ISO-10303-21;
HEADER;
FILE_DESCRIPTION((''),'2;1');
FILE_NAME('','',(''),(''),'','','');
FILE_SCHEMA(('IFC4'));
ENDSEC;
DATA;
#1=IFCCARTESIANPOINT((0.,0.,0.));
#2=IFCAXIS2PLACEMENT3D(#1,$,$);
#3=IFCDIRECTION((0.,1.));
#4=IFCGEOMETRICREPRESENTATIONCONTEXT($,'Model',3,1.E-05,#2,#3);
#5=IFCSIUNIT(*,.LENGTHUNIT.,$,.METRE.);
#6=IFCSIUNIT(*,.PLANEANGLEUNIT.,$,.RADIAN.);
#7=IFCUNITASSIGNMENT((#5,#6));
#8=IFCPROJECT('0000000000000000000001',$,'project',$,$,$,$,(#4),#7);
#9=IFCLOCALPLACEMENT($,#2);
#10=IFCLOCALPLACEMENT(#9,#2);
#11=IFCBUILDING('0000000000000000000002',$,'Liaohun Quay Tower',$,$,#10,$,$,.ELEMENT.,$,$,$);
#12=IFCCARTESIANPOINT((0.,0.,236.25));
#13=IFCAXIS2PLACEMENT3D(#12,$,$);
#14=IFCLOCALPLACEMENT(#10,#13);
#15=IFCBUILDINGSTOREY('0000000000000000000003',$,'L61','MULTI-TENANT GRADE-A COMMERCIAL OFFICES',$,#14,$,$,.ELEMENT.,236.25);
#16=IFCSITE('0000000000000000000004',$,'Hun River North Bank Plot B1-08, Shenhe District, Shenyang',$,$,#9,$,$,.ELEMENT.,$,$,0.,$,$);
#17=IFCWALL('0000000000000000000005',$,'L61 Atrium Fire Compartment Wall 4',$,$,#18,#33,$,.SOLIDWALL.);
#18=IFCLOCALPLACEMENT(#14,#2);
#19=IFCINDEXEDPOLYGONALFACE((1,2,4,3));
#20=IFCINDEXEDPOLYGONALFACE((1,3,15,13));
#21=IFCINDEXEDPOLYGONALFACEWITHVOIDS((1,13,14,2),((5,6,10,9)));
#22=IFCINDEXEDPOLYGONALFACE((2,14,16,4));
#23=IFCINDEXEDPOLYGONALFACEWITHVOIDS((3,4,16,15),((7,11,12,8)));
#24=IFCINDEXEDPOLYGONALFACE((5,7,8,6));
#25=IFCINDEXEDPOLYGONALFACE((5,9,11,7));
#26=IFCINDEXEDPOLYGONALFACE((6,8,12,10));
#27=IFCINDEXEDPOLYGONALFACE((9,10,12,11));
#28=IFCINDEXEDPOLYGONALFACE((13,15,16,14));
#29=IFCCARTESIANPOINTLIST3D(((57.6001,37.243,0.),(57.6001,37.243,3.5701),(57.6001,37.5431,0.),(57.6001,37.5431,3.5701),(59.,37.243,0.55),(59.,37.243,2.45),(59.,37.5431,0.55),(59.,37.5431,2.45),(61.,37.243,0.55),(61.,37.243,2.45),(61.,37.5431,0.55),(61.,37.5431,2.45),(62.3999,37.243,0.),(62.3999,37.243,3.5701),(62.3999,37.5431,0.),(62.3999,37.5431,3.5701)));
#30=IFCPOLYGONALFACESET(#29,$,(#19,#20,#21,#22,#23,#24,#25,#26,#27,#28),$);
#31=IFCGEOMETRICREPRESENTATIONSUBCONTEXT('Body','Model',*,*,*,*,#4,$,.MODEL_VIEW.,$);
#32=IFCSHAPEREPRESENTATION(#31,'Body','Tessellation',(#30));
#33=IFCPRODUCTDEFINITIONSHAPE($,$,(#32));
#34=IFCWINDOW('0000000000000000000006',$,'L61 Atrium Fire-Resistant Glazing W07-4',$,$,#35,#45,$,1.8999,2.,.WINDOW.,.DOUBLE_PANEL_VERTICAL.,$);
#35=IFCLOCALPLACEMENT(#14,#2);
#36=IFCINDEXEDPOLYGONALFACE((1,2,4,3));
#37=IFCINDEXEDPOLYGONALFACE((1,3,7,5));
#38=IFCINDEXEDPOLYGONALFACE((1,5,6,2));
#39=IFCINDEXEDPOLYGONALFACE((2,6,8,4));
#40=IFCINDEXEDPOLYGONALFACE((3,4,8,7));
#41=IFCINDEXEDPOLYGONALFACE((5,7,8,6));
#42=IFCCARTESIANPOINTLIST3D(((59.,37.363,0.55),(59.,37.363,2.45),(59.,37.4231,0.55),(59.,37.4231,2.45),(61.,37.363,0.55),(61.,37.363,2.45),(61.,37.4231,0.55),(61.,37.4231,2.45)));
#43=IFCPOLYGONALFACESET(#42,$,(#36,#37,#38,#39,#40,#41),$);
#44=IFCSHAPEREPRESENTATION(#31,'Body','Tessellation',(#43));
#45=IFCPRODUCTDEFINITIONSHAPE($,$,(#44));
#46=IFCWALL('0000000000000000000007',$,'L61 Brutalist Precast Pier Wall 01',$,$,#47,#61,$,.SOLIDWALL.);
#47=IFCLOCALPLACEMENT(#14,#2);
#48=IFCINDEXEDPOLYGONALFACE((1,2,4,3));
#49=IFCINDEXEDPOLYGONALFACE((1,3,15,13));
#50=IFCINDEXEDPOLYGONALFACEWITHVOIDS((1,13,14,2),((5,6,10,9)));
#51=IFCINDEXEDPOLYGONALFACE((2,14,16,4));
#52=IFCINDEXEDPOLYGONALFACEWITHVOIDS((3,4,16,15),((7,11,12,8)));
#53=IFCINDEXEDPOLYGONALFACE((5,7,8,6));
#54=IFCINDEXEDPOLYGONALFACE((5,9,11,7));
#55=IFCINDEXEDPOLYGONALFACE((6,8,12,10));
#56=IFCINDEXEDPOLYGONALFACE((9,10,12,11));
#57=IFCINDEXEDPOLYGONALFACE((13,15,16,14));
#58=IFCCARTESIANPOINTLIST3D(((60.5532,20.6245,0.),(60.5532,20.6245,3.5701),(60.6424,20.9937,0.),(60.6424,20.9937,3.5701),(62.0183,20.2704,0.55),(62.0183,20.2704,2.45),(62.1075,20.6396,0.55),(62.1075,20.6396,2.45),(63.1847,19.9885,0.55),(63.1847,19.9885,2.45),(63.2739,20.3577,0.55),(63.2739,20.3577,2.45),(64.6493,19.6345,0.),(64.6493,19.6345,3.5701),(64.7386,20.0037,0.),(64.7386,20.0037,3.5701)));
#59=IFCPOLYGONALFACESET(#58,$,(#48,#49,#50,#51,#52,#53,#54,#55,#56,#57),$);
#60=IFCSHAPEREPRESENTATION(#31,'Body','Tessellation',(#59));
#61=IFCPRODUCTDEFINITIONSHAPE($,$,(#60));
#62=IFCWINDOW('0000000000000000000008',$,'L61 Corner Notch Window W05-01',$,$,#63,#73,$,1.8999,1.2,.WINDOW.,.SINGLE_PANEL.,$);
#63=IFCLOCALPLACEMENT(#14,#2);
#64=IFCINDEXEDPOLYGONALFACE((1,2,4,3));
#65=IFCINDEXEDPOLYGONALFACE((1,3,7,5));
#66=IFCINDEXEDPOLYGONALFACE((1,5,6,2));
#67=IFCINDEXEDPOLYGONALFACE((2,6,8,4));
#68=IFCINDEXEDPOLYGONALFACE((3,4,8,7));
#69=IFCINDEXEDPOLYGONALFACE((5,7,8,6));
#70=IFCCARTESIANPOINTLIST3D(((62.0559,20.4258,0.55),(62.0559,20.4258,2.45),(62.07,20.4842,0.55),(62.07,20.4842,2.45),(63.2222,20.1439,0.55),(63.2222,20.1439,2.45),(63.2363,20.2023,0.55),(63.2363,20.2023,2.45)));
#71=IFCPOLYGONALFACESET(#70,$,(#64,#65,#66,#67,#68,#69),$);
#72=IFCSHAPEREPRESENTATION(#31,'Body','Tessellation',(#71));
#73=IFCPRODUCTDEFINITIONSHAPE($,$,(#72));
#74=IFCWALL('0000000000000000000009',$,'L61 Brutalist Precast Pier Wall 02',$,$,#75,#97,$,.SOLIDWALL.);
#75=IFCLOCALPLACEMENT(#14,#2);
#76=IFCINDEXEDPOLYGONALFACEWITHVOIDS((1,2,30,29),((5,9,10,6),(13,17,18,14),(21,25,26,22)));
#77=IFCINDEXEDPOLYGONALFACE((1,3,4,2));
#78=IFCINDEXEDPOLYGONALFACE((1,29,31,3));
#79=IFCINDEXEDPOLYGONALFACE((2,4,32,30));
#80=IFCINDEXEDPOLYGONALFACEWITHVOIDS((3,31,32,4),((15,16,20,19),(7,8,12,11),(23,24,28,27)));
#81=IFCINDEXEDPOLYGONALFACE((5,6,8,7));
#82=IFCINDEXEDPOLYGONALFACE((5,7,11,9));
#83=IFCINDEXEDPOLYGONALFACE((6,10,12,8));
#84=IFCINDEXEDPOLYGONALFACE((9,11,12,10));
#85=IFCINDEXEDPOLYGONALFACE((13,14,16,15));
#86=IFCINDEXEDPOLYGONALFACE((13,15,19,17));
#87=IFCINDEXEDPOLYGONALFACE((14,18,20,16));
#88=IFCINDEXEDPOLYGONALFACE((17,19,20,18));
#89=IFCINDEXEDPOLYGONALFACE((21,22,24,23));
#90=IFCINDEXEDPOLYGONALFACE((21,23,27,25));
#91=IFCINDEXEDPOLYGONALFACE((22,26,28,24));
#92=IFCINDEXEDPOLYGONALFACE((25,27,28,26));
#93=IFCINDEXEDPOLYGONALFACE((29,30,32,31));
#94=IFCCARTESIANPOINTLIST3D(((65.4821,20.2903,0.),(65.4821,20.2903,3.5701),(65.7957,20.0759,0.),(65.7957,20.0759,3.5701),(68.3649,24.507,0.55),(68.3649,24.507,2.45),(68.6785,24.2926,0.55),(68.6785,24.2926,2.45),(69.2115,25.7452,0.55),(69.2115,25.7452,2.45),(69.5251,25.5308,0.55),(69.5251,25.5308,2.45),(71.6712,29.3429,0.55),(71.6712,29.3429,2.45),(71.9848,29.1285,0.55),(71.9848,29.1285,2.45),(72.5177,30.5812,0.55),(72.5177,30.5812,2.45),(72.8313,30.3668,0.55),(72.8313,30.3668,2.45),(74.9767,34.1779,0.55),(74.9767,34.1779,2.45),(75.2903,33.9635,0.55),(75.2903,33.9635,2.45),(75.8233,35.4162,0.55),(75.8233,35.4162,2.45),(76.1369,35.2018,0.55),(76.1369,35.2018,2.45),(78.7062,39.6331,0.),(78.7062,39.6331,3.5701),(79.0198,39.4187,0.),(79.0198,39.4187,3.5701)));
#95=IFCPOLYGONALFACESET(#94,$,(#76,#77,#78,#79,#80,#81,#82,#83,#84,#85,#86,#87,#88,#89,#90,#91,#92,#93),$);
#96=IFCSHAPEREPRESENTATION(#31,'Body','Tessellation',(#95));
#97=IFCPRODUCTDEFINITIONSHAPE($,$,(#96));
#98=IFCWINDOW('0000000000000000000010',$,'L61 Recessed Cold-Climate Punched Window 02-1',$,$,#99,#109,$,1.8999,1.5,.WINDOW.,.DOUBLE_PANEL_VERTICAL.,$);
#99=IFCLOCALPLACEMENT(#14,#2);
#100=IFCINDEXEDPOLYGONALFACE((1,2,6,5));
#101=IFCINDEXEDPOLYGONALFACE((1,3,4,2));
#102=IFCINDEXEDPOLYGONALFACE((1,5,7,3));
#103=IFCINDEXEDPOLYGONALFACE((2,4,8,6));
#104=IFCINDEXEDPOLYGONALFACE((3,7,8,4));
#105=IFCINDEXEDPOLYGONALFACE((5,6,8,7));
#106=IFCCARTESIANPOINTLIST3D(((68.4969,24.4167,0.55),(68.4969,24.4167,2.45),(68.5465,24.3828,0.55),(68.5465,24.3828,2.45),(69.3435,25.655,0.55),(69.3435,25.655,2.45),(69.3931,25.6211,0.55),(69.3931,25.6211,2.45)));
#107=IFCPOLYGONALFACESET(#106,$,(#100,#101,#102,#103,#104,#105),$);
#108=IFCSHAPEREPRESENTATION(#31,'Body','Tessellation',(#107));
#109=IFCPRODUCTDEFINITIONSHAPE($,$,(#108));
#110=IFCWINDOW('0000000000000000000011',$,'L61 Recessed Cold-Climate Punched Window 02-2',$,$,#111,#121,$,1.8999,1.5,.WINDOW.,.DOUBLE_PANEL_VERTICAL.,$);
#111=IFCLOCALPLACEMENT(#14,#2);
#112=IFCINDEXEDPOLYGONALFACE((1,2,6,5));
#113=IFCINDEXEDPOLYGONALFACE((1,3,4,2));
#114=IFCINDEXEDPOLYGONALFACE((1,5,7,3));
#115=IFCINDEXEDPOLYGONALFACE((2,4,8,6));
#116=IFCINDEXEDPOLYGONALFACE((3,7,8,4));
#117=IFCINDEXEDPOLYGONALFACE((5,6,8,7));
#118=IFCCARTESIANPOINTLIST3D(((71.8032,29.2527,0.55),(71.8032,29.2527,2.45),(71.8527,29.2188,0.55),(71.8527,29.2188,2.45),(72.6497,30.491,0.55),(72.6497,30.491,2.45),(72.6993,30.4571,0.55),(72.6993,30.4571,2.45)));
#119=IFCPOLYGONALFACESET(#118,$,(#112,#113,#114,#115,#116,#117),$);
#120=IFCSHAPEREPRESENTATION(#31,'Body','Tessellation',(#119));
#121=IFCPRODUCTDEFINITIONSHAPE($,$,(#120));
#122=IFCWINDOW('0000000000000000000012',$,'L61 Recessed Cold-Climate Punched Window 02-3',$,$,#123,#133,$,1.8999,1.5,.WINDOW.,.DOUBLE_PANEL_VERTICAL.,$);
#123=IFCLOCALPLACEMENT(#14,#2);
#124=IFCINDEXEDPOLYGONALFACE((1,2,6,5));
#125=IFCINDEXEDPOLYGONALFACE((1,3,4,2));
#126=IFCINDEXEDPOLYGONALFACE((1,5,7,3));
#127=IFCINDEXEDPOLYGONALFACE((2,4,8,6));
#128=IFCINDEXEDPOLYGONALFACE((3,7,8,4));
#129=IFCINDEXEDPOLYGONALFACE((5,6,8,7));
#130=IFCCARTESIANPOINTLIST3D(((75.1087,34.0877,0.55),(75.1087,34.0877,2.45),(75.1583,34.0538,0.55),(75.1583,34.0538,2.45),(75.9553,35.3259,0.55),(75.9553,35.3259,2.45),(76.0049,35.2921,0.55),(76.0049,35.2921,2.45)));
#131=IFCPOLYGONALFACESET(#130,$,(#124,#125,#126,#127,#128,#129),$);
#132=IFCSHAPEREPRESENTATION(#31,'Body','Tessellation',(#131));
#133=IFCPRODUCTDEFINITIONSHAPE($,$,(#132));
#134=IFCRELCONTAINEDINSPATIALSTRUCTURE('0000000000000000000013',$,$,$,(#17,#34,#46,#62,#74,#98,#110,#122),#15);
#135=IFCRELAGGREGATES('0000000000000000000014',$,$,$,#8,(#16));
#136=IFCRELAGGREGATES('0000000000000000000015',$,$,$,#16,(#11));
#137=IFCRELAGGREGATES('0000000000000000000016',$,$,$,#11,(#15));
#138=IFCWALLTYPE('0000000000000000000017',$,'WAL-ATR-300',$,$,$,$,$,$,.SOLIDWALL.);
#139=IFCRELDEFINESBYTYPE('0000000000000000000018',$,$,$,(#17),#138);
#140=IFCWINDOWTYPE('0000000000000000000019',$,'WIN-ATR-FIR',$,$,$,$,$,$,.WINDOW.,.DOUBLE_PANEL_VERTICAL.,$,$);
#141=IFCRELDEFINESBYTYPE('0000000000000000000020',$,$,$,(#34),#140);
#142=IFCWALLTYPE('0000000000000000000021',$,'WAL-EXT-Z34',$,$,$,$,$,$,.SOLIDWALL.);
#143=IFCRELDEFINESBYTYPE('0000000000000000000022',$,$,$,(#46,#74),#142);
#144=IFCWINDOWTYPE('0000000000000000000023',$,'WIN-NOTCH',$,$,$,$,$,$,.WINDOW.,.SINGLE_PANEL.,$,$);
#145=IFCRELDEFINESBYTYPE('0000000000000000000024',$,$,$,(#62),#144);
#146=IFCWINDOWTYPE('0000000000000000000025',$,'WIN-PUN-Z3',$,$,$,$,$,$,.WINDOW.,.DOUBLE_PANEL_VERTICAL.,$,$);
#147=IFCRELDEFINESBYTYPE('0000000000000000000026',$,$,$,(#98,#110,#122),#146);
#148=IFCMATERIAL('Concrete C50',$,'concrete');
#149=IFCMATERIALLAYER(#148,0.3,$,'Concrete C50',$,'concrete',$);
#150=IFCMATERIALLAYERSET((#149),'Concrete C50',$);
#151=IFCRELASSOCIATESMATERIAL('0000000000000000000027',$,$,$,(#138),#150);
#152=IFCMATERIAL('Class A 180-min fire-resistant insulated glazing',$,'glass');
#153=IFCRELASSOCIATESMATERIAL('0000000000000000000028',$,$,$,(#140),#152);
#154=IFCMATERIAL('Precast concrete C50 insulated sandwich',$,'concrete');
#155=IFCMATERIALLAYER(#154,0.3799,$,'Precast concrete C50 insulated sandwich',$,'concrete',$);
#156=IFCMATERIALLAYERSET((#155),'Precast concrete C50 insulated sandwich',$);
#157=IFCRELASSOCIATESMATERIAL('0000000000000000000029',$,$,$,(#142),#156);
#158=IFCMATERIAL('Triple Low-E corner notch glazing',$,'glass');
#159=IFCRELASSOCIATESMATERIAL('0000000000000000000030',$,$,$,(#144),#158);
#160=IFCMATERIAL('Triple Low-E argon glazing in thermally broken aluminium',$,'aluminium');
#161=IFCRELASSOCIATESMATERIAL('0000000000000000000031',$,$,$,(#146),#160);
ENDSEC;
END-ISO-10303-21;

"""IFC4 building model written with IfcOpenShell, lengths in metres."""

from ifc_helpers import new_model, si_unit, direction, frame, frame_2d, origin, place, context, subcontext, project, spatial, rectangle, extrude, source, transform, mapped, material, layer, layer_set, type_object, element, fill, save


model = new_model("IFC4")

# Units and contexts
model_context = context("Model", 3, precision=1e-05, world=origin(), true_north=direction((0.0, 1.0)))
body_context = subcontext(model_context, "Body", "Model", "MODEL_VIEW")
ifc_project = project(units=[si_unit("LENGTHUNIT", "METRE"), si_unit("PLANEANGLEUNIT", "RADIAN")], contexts=[model_context])

# Site, building, storey
site_placement = place(None, origin())
site = spatial("IfcSite", under=ifc_project, at=site_placement, Name="Hun River North Bank Plot B1-08, Shenhe District, Shenyang", CompositionType="ELEMENT", RefElevation=0.0)
building_placement = place(site_placement, origin())
building = spatial("IfcBuilding", under=site, at=building_placement, Name="Liaohun Quay Tower", CompositionType="ELEMENT")
storey_placement = place(building_placement, frame((0.0, 0.0, 236.25)))
storey = spatial("IfcBuildingStorey", under=building, at=storey_placement, Name="L61", Description="MULTI-TENANT GRADE-A COMMERCIAL OFFICES", CompositionType="ELEMENT", Elevation=236.25)

# Walls, openings, windows
ifc_material_1 = material(Name="Concrete C50", Category="concrete")
ifc_layer_1 = layer(ifc_material_1, 0.3, Name="Concrete C50", Category="concrete")
ifc_layer_set_1 = layer_set([ifc_layer_1], Name="Concrete C50")
wall_type_1 = type_object("IfcWallType", Name="WAL-ATR-300", PredefinedType="SOLIDWALL", material=ifc_layer_set_1)
shared_shape_1 = source(origin(), body_context, "Body", "SweptSolid", [
    extrude(rectangle(XDim=2.0, YDim=1.8999, at=frame_2d((1.0, 0.95))), frame((0.0, 0.1599, 0.0), z_axis=(0.0, -1.0, 0.0), x_axis=(1.0, 0.0, 0.0)), (0.0, 0.0, 1.0), 0.3201),
])
ifc_material_2 = material(Name="Class A 180-min fire-resistant insulated glazing", Category="glass")
window_type_1 = type_object("IfcWindowType", Name="WIN-ATR-FIR", PartitioningType="DOUBLE_PANEL_VERTICAL", PredefinedType="WINDOW", material=ifc_material_2)
shared_shape_2 = source(origin(), body_context, "Body", "SweptSolid", [
    extrude(rectangle(XDim=2.0, YDim=1.8999, at=frame_2d((1.0, 0.95))), frame((0.0, 0.03, 0.0), z_axis=(0.0, -1.0, 0.0), x_axis=(1.0, 0.0, 0.0)), (0.0, 0.0, 1.0), 0.0601),
])
wall_1_placement = place(storey_placement, frame((62.3999, 37.3931, 0.0), z_axis=(0.0, 0.0, 1.0), x_axis=(-1.0, 0.0, 0.0)))
wall_1 = element("IfcWall", 1, at=wall_1_placement, inside=storey, type_object=wall_type_1, Name="L61 Atrium Fire Compartment Wall 4", PredefinedType="SOLIDWALL", context=body_context, shape_type="SweptSolid", body=[
    extrude(rectangle(XDim=4.7998, YDim=0.3, at=frame_2d((2.3999, 0.0))), origin(), (0.0, 0.0, 1.0), 3.5701),
])
opening_1_placement = place(wall_1_placement, frame((1.3999, 0.0, 0.55)))
opening_1 = element("IfcOpeningElement", 2, at=opening_1_placement, cuts=wall_1, PredefinedType="OPENING", context=body_context, shape_type="MappedRepresentation", body=[
    mapped(shared_shape_1, transform((0.0, 0.0, 0.0), x_axis=(1.0, 0.0, 0.0), y_axis=(0.0, 1.0, 0.0), z_axis=(0.0, 0.0, 1.0), scale=1.0)),
])
window_1_placement = place(opening_1_placement, origin())
window_1 = element("IfcWindow", 3, at=window_1_placement, inside=storey, type_object=window_type_1, Name="L61 Atrium Fire-Resistant Glazing W07-4", OverallHeight=1.8999, OverallWidth=2.0, PartitioningType="DOUBLE_PANEL_VERTICAL", PredefinedType="WINDOW", context=body_context, shape_type="MappedRepresentation", body=[
    mapped(shared_shape_2, transform((0.0, 0.0, 0.0), x_axis=(1.0, 0.0, 0.0), y_axis=(0.0, 1.0, 0.0), z_axis=(0.0, 0.0, 1.0), scale=1.0)),
])
fill(opening_1, window_1)
ifc_material_3 = material(Name="Precast concrete C50 insulated sandwich", Category="concrete")
ifc_layer_2 = layer(ifc_material_3, 0.3799, Name="Precast concrete C50 insulated sandwich", Category="concrete")
ifc_layer_set_2 = layer_set([ifc_layer_2], Name="Precast concrete C50 insulated sandwich")
wall_type_2 = type_object("IfcWallType", Name="WAL-EXT-Z34", PredefinedType="SOLIDWALL", material=ifc_layer_set_2)
wall_2_placement = place(storey_placement, frame((60.5979, 20.8091, 0.0), z_axis=(0.0, 0.0, 1.0), x_axis=(0.972014, -0.234922, 0.0)))
wall_2 = element("IfcWall", 4, at=wall_2_placement, inside=storey, type_object=wall_type_2, Name="L61 Brutalist Precast Pier Wall 01", PredefinedType="SOLIDWALL", context=body_context, shape_type="SweptSolid", body=[
    extrude(rectangle(XDim=4.2141, YDim=0.3799, at=frame_2d((2.1069, 0.0))), origin(), (0.0, 0.0, 1.0), 3.5701),
])
shared_shape_3 = source(origin(), body_context, "Body", "SweptSolid", [
    extrude(rectangle(XDim=1.2, YDim=1.8999, at=frame_2d((0.6001, 0.95))), frame((0.0, 0.2, 0.0), z_axis=(0.0, -1.0, 0.0), x_axis=(1.0, 0.0, 0.0)), (0.0, 0.0, 1.0), 0.3999),
])
opening_2_placement = place(wall_2_placement, frame((1.5071, 0.0, 0.55)))
opening_2 = element("IfcOpeningElement", 5, at=opening_2_placement, cuts=wall_2, PredefinedType="OPENING", context=body_context, shape_type="MappedRepresentation", body=[
    mapped(shared_shape_3, transform((0.0, 0.0, 0.0), x_axis=(1.0, 0.0, 0.0), y_axis=(0.0, 1.0, 0.0), z_axis=(0.0, 0.0, 1.0), scale=1.0)),
])
ifc_material_4 = material(Name="Triple Low-E corner notch glazing", Category="glass")
window_type_2 = type_object("IfcWindowType", Name="WIN-NOTCH", PartitioningType="SINGLE_PANEL", PredefinedType="WINDOW", material=ifc_material_4)
shared_shape_4 = source(origin(), body_context, "Body", "SweptSolid", [
    extrude(rectangle(XDim=1.2, YDim=1.8999, at=frame_2d((0.6001, 0.95))), frame((0.0, 0.03, 0.0), z_axis=(0.0, -1.0, 0.0), x_axis=(1.0, 0.0, 0.0)), (0.0, 0.0, 1.0), 0.0601),
])
window_2_placement = place(opening_2_placement, origin())
window_2 = element("IfcWindow", 6, at=window_2_placement, inside=storey, type_object=window_type_2, Name="L61 Corner Notch Window W05-01", OverallHeight=1.8999, OverallWidth=1.2, PartitioningType="SINGLE_PANEL", PredefinedType="WINDOW", context=body_context, shape_type="MappedRepresentation", body=[
    mapped(shared_shape_4, transform((0.0, 0.0, 0.0), x_axis=(1.0, 0.0, 0.0), y_axis=(0.0, 1.0, 0.0), z_axis=(0.0, 0.0, 1.0), scale=1.0)),
])
fill(opening_2, window_2)

# Wall, openings, windows
wall_3_placement = place(storey_placement, frame((65.6389, 20.1831, 0.0), z_axis=(0.0, 0.0, 1.0), x_axis=(0.564381, 0.825514, 0.0)))
wall_3 = element("IfcWall", 7, at=wall_3_placement, inside=storey, type_object=wall_type_2, Name="L61 Brutalist Precast Pier Wall 02", PredefinedType="SOLIDWALL", context=body_context, shape_type="SweptSolid", body=[
    extrude(rectangle(XDim=23.4312, YDim=0.3799, at=frame_2d((11.7156, 0.0))), origin(), (0.0, 0.0, 1.0), 3.5701),
])
shared_shape_5 = source(origin(), body_context, "Body", "SweptSolid", [
    extrude(rectangle(XDim=1.5, YDim=1.8999, at=frame_2d((0.75, 0.95))), frame((0.0, 0.2, 0.0), z_axis=(0.0, -1.0, 0.0), x_axis=(1.0, 0.0, 0.0)), (0.0, 0.0, 1.0), 0.3999),
])
opening_3_placement = place(wall_3_placement, frame((5.1079, 0.0, 0.55)))
opening_3 = element("IfcOpeningElement", 8, at=opening_3_placement, cuts=wall_3, PredefinedType="OPENING", context=body_context, shape_type="MappedRepresentation", body=[
    mapped(shared_shape_5, transform((0.0, 0.0, 0.0), x_axis=(1.0, 0.0, 0.0), y_axis=(0.0, 1.0, 0.0), z_axis=(0.0, 0.0, 1.0), scale=1.0)),
])
opening_4_placement = place(wall_3_placement, frame((10.9661, 0.0, 0.55)))
opening_4 = element("IfcOpeningElement", 9, at=opening_4_placement, cuts=wall_3, PredefinedType="OPENING", context=body_context, shape_type="MappedRepresentation", body=[
    mapped(shared_shape_5, transform((0.0, 0.0, 0.0), x_axis=(1.0, 0.0, 0.0), y_axis=(0.0, 1.0, 0.0), z_axis=(0.0, 0.0, 1.0), scale=1.0)),
])
opening_5_placement = place(wall_3_placement, frame((16.823, 0.0, 0.55)))
opening_5 = element("IfcOpeningElement", 10, at=opening_5_placement, cuts=wall_3, PredefinedType="OPENING", context=body_context, shape_type="MappedRepresentation", body=[
    mapped(shared_shape_5, transform((0.0, 0.0, 0.0), x_axis=(1.0, 0.0, 0.0), y_axis=(0.0, 1.0, 0.0), z_axis=(0.0, 0.0, 1.0), scale=1.0)),
])
ifc_material_5 = material(Name="Triple Low-E argon glazing in thermally broken aluminium", Category="aluminium")
window_type_3 = type_object("IfcWindowType", Name="WIN-PUN-Z3", PartitioningType="DOUBLE_PANEL_VERTICAL", PredefinedType="WINDOW", material=ifc_material_5)
shared_shape_6 = source(origin(), body_context, "Body", "SweptSolid", [
    extrude(rectangle(XDim=1.5, YDim=1.8999, at=frame_2d((0.75, 0.95))), frame((0.0, 0.03, 0.0), z_axis=(0.0, -1.0, 0.0), x_axis=(1.0, 0.0, 0.0)), (0.0, 0.0, 1.0), 0.0601),
])
window_3_placement = place(opening_3_placement, origin())
window_3 = element("IfcWindow", 11, at=window_3_placement, inside=storey, type_object=window_type_3, Name="L61 Recessed Cold-Climate Punched Window 02-1", OverallHeight=1.8999, OverallWidth=1.5, PartitioningType="DOUBLE_PANEL_VERTICAL", PredefinedType="WINDOW", context=body_context, shape_type="MappedRepresentation", body=[
    mapped(shared_shape_6, transform((0.0, 0.0, 0.0), x_axis=(1.0, 0.0, 0.0), y_axis=(0.0, 1.0, 0.0), z_axis=(0.0, 0.0, 1.0), scale=1.0)),
])
fill(opening_3, window_3)
window_4_placement = place(opening_4_placement, origin())
window_4 = element("IfcWindow", 12, at=window_4_placement, inside=storey, type_object=window_type_3, Name="L61 Recessed Cold-Climate Punched Window 02-2", OverallHeight=1.8999, OverallWidth=1.5, PartitioningType="DOUBLE_PANEL_VERTICAL", PredefinedType="WINDOW", context=body_context, shape_type="MappedRepresentation", body=[
    mapped(shared_shape_6, transform((0.0, 0.0, 0.0), x_axis=(1.0, 0.0, 0.0), y_axis=(0.0, 1.0, 0.0), z_axis=(0.0, 0.0, 1.0), scale=1.0)),
])
fill(opening_4, window_4)
window_5_placement = place(opening_5_placement, origin())
window_5 = element("IfcWindow", 13, at=window_5_placement, inside=storey, type_object=window_type_3, Name="L61 Recessed Cold-Climate Punched Window 02-3", OverallHeight=1.8999, OverallWidth=1.5, PartitioningType="DOUBLE_PANEL_VERTICAL", PredefinedType="WINDOW", context=body_context, shape_type="MappedRepresentation", body=[
    mapped(shared_shape_6, transform((0.0, 0.0, 0.0), x_axis=(1.0, 0.0, 0.0), y_axis=(0.0, 1.0, 0.0), z_axis=(0.0, 0.0, 1.0), scale=1.0)),
])
fill(opening_5, window_5)

save(model, "model.ifc")
